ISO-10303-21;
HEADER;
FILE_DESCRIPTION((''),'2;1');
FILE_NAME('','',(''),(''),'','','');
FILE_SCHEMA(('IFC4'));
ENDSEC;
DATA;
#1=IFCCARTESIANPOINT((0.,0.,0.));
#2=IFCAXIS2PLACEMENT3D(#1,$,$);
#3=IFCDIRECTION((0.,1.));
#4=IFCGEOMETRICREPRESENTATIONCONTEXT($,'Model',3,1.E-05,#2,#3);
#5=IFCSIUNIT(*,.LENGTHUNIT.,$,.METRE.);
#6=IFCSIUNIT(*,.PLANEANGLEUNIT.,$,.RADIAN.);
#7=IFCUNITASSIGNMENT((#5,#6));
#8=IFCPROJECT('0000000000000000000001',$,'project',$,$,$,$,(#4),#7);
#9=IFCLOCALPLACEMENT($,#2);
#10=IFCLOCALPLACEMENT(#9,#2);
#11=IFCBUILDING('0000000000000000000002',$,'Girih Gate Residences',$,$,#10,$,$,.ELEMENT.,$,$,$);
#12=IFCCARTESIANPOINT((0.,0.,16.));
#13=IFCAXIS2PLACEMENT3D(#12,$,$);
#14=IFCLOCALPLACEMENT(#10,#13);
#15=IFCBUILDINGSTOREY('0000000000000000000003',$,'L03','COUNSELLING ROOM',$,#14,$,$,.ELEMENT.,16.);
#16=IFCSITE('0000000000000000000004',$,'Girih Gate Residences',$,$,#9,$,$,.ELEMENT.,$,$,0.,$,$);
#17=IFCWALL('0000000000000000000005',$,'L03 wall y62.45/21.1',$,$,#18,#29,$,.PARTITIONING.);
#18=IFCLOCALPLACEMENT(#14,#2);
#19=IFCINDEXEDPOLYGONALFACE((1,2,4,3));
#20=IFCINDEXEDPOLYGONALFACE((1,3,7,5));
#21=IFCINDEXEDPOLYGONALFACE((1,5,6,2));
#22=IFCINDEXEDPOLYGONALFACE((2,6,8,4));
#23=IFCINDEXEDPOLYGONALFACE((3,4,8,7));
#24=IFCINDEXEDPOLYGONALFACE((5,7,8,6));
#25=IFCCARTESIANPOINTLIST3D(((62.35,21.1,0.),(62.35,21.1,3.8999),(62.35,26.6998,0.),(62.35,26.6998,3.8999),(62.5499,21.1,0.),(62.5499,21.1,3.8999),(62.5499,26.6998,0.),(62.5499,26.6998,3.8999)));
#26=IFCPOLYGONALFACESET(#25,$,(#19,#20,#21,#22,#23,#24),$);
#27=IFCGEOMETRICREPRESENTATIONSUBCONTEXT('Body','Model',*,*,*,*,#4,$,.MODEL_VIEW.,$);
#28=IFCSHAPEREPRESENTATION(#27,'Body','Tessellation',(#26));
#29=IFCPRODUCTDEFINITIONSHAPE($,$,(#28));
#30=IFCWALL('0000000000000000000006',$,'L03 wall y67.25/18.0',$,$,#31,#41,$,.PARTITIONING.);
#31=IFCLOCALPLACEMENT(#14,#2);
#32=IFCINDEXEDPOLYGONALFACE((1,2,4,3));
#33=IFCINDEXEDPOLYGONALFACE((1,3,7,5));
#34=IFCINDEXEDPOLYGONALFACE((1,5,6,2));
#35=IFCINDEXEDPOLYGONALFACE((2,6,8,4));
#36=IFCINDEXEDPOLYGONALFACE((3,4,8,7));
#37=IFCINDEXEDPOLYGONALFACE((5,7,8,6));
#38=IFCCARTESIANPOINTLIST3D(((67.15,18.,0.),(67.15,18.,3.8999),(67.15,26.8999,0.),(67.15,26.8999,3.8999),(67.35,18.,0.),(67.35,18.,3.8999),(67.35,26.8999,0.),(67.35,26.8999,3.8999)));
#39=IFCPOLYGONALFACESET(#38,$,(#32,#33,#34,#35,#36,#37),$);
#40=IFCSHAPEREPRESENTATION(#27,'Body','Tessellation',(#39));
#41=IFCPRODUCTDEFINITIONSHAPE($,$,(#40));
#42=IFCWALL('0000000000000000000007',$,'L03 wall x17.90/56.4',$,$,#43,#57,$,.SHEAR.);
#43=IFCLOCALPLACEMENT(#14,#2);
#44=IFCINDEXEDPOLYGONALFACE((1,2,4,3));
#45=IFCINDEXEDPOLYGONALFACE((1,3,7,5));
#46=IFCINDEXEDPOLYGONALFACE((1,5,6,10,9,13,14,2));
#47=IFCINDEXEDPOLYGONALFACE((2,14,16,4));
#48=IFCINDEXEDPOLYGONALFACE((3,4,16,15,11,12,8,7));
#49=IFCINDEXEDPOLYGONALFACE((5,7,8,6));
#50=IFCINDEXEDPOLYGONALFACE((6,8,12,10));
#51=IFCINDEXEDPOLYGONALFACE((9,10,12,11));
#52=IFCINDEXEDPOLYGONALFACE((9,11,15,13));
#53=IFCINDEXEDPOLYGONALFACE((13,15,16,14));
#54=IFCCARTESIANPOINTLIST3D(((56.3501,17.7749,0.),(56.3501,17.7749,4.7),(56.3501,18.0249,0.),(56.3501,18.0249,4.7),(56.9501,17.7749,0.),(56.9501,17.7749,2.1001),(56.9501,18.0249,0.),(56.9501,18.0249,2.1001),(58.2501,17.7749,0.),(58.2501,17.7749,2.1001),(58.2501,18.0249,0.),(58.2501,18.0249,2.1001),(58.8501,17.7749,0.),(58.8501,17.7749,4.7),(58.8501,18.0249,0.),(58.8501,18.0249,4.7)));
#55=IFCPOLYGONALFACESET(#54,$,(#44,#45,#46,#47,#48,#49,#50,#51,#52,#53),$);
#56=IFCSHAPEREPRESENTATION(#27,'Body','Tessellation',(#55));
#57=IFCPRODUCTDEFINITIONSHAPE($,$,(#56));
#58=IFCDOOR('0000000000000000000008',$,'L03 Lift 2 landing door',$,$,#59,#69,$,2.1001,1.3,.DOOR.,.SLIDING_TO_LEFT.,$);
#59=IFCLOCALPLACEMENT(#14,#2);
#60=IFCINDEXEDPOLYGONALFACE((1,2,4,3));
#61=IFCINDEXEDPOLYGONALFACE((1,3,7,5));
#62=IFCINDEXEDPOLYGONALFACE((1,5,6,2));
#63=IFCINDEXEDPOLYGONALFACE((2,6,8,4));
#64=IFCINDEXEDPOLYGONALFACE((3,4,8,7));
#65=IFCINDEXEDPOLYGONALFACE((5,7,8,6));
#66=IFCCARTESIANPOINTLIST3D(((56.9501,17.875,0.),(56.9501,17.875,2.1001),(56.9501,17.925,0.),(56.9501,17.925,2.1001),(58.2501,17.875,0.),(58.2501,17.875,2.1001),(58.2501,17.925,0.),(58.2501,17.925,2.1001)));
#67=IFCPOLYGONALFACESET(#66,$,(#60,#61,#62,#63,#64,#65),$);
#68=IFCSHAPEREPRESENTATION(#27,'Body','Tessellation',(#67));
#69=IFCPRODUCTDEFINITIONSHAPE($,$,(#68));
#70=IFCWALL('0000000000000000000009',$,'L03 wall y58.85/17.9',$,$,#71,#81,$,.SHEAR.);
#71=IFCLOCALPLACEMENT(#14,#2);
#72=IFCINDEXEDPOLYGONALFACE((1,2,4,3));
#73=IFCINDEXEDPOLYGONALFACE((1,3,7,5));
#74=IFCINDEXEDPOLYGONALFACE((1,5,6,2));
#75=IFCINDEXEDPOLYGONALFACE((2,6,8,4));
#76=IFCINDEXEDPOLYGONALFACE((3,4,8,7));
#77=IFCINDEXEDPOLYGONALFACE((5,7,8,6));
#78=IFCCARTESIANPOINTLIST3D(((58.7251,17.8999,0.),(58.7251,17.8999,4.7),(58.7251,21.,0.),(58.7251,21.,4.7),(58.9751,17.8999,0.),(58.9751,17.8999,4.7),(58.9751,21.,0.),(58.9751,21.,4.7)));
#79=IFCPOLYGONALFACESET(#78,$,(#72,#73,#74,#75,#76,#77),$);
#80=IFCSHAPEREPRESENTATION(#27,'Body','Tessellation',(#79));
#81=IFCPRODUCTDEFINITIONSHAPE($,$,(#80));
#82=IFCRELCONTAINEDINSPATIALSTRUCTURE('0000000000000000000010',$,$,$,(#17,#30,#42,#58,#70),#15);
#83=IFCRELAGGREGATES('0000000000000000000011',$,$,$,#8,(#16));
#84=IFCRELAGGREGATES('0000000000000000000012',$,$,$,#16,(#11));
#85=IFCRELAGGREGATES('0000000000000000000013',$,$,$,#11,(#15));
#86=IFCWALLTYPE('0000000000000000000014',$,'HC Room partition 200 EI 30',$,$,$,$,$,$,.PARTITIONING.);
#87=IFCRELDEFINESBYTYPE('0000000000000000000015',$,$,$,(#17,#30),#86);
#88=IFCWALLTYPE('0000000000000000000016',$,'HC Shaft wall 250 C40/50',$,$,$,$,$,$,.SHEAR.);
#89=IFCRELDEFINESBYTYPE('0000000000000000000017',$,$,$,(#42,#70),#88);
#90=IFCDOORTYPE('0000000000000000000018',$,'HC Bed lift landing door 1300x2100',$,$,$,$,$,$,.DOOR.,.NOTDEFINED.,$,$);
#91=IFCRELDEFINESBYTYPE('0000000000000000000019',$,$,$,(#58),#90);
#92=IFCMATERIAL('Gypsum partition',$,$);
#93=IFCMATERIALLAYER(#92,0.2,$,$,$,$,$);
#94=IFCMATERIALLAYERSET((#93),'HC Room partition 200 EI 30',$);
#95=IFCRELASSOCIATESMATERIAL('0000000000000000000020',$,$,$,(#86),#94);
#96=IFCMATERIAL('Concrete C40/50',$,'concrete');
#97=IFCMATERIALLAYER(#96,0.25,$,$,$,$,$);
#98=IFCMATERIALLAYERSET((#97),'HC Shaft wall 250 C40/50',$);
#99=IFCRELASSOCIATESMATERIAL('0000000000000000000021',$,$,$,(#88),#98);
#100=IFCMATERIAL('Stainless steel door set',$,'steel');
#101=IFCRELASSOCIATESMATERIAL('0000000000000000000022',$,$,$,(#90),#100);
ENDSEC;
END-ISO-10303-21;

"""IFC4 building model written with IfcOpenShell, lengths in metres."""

from ifc_helpers import new_model, si_unit, direction, frame, frame_2d, origin, place, context, subcontext, project, spatial, rectangle, extrude, material, layer, layer_set, type_object, element, fill, save


model = new_model("IFC4")

# Units and contexts
model_context = context("Model", 3, precision=1e-05, world=origin(), true_north=direction((0.0, 1.0)))
body_context = subcontext(model_context, "Body", "Model", "MODEL_VIEW")
ifc_project = project(units=[si_unit("LENGTHUNIT", "METRE"), si_unit("PLANEANGLEUNIT", "RADIAN")], contexts=[model_context])

# Site, building, storey
site_placement = place(None, origin())
site = spatial("IfcSite", under=ifc_project, at=site_placement, Name="Girih Gate Residences", CompositionType="ELEMENT", RefElevation=0.0)
building_placement = place(site_placement, origin())
building = spatial("IfcBuilding", under=site, at=building_placement, Name="Girih Gate Residences", CompositionType="ELEMENT")
storey_placement = place(building_placement, frame((0.0, 0.0, 16.0)))
storey = spatial("IfcBuildingStorey", under=building, at=storey_placement, Name="L03", Description="COUNSELLING ROOM", CompositionType="ELEMENT", Elevation=16.0)

# Shared definitions
ifc_material_1 = material(Name="Concrete C40/50", Category="concrete")

# Walls
ifc_material_2 = material(Name="Gypsum partition")
ifc_layer_1 = layer(ifc_material_2, 0.2)
ifc_layer_set_1 = layer_set([ifc_layer_1], Name="HC Room partition 200 EI 30")
wall_type_1 = type_object("IfcWallType", Name="HC Room partition 200 EI 30", PredefinedType="PARTITIONING", material=ifc_layer_set_1)
wall_1_placement = place(storey_placement, frame((62.45, 21.1001, 0.0), z_axis=(0.0, 0.0, 1.0), x_axis=(0.0, 1.0, 0.0)))
element("IfcWall", 1, at=wall_1_placement, inside=storey, type_object=wall_type_1, Name="L03 wall y62.45/21.1", PredefinedType="PARTITIONING", context=body_context, shape_type="SweptSolid", body=[
    extrude(rectangle(XDim=5.5999, YDim=0.2, at=frame_2d((2.7998, 0.0))), origin(), (0.0, 0.0, 1.0), 3.8999),
])
wall_2_placement = place(storey_placement, frame((67.25, 18.0, 0.0), z_axis=(0.0, 0.0, 1.0), x_axis=(0.0, 1.0, 0.0)))
element("IfcWall", 2, at=wall_2_placement, inside=storey, type_object=wall_type_1, Name="L03 wall y67.25/18.0", PredefinedType="PARTITIONING", context=body_context, shape_type="SweptSolid", body=[
    extrude(rectangle(XDim=8.8999, YDim=0.2, at=frame_2d((4.45, 0.0))), origin(), (0.0, 0.0, 1.0), 3.8999),
])

# Wall, opening, door
ifc_layer_2 = layer(ifc_material_1, 0.25)
ifc_layer_set_2 = layer_set([ifc_layer_2], Name="HC Shaft wall 250 C40/50")
wall_type_2 = type_object("IfcWallType", Name="HC Shaft wall 250 C40/50", PredefinedType="SHEAR", material=ifc_layer_set_2)
wall_3_placement = place(storey_placement, frame((58.8501, 17.8999, 0.0), z_axis=(0.0, 0.0, 1.0), x_axis=(-1.0, 0.0, 0.0)))
wall_3 = element("IfcWall", 3, at=wall_3_placement, inside=storey, type_object=wall_type_2, Name="L03 wall x17.90/56.4", PredefinedType="SHEAR", context=body_context, shape_type="SweptSolid", body=[
    extrude(rectangle(XDim=2.5, YDim=0.25, at=frame_2d((1.25, 0.0))), origin(), (0.0, 0.0, 1.0), 4.7),
])
opening_1_placement = place(wall_3_placement, frame((0.6001, 0.0, 0.0)))
opening_1 = element("IfcOpeningElement", 4, at=opening_1_placement, cuts=wall_3, PredefinedType="OPENING", context=body_context, shape_type="SweptSolid", body=[
    extrude(rectangle(XDim=1.3, YDim=2.1001, at=frame_2d((0.6499, 1.05))), frame((0.0, 0.135, 0.0), z_axis=(0.0, -1.0, 0.0), x_axis=(1.0, 0.0, 0.0)), (0.0, 0.0, 1.0), 0.27),
])
ifc_material_3 = material(Name="Stainless steel door set", Category="steel")
door_type_1 = type_object("IfcDoorType", Name="HC Bed lift landing door 1300x2100", OperationType="NOTDEFINED", PredefinedType="DOOR", material=ifc_material_3)
door_1_placement = place(opening_1_placement, origin())
door_1 = element("IfcDoor", 5, at=door_1_placement, inside=storey, type_object=door_type_1, Name="L03 Lift 2 landing door", OperationType="SLIDING_TO_LEFT", OverallHeight=2.1001, OverallWidth=1.3, PredefinedType="DOOR", context=body_context, shape_type="SweptSolid", body=[
    extrude(rectangle(XDim=1.3, YDim=2.1001, at=frame_2d((0.6499, 1.05))), frame((0.0, 0.0249, 0.0), z_axis=(0.0, -1.0, 0.0), x_axis=(1.0, 0.0, 0.0)), (0.0, 0.0, 1.0), 0.05),
])
fill(opening_1, door_1)

# Wall
wall_4_placement = place(storey_placement, frame((58.8501, 17.8999, 0.0), z_axis=(0.0, 0.0, 1.0), x_axis=(0.0, 1.0, 0.0)))
element("IfcWall", 6, at=wall_4_placement, inside=storey, type_object=wall_type_2, Name="L03 wall y58.85/17.9", PredefinedType="SHEAR", context=body_context, shape_type="SweptSolid", body=[
    extrude(rectangle(XDim=3.1001, YDim=0.25, at=frame_2d((1.55, 0.0))), origin(), (0.0, 0.0, 1.0), 4.7),
])

save(model, "model.ifc")
